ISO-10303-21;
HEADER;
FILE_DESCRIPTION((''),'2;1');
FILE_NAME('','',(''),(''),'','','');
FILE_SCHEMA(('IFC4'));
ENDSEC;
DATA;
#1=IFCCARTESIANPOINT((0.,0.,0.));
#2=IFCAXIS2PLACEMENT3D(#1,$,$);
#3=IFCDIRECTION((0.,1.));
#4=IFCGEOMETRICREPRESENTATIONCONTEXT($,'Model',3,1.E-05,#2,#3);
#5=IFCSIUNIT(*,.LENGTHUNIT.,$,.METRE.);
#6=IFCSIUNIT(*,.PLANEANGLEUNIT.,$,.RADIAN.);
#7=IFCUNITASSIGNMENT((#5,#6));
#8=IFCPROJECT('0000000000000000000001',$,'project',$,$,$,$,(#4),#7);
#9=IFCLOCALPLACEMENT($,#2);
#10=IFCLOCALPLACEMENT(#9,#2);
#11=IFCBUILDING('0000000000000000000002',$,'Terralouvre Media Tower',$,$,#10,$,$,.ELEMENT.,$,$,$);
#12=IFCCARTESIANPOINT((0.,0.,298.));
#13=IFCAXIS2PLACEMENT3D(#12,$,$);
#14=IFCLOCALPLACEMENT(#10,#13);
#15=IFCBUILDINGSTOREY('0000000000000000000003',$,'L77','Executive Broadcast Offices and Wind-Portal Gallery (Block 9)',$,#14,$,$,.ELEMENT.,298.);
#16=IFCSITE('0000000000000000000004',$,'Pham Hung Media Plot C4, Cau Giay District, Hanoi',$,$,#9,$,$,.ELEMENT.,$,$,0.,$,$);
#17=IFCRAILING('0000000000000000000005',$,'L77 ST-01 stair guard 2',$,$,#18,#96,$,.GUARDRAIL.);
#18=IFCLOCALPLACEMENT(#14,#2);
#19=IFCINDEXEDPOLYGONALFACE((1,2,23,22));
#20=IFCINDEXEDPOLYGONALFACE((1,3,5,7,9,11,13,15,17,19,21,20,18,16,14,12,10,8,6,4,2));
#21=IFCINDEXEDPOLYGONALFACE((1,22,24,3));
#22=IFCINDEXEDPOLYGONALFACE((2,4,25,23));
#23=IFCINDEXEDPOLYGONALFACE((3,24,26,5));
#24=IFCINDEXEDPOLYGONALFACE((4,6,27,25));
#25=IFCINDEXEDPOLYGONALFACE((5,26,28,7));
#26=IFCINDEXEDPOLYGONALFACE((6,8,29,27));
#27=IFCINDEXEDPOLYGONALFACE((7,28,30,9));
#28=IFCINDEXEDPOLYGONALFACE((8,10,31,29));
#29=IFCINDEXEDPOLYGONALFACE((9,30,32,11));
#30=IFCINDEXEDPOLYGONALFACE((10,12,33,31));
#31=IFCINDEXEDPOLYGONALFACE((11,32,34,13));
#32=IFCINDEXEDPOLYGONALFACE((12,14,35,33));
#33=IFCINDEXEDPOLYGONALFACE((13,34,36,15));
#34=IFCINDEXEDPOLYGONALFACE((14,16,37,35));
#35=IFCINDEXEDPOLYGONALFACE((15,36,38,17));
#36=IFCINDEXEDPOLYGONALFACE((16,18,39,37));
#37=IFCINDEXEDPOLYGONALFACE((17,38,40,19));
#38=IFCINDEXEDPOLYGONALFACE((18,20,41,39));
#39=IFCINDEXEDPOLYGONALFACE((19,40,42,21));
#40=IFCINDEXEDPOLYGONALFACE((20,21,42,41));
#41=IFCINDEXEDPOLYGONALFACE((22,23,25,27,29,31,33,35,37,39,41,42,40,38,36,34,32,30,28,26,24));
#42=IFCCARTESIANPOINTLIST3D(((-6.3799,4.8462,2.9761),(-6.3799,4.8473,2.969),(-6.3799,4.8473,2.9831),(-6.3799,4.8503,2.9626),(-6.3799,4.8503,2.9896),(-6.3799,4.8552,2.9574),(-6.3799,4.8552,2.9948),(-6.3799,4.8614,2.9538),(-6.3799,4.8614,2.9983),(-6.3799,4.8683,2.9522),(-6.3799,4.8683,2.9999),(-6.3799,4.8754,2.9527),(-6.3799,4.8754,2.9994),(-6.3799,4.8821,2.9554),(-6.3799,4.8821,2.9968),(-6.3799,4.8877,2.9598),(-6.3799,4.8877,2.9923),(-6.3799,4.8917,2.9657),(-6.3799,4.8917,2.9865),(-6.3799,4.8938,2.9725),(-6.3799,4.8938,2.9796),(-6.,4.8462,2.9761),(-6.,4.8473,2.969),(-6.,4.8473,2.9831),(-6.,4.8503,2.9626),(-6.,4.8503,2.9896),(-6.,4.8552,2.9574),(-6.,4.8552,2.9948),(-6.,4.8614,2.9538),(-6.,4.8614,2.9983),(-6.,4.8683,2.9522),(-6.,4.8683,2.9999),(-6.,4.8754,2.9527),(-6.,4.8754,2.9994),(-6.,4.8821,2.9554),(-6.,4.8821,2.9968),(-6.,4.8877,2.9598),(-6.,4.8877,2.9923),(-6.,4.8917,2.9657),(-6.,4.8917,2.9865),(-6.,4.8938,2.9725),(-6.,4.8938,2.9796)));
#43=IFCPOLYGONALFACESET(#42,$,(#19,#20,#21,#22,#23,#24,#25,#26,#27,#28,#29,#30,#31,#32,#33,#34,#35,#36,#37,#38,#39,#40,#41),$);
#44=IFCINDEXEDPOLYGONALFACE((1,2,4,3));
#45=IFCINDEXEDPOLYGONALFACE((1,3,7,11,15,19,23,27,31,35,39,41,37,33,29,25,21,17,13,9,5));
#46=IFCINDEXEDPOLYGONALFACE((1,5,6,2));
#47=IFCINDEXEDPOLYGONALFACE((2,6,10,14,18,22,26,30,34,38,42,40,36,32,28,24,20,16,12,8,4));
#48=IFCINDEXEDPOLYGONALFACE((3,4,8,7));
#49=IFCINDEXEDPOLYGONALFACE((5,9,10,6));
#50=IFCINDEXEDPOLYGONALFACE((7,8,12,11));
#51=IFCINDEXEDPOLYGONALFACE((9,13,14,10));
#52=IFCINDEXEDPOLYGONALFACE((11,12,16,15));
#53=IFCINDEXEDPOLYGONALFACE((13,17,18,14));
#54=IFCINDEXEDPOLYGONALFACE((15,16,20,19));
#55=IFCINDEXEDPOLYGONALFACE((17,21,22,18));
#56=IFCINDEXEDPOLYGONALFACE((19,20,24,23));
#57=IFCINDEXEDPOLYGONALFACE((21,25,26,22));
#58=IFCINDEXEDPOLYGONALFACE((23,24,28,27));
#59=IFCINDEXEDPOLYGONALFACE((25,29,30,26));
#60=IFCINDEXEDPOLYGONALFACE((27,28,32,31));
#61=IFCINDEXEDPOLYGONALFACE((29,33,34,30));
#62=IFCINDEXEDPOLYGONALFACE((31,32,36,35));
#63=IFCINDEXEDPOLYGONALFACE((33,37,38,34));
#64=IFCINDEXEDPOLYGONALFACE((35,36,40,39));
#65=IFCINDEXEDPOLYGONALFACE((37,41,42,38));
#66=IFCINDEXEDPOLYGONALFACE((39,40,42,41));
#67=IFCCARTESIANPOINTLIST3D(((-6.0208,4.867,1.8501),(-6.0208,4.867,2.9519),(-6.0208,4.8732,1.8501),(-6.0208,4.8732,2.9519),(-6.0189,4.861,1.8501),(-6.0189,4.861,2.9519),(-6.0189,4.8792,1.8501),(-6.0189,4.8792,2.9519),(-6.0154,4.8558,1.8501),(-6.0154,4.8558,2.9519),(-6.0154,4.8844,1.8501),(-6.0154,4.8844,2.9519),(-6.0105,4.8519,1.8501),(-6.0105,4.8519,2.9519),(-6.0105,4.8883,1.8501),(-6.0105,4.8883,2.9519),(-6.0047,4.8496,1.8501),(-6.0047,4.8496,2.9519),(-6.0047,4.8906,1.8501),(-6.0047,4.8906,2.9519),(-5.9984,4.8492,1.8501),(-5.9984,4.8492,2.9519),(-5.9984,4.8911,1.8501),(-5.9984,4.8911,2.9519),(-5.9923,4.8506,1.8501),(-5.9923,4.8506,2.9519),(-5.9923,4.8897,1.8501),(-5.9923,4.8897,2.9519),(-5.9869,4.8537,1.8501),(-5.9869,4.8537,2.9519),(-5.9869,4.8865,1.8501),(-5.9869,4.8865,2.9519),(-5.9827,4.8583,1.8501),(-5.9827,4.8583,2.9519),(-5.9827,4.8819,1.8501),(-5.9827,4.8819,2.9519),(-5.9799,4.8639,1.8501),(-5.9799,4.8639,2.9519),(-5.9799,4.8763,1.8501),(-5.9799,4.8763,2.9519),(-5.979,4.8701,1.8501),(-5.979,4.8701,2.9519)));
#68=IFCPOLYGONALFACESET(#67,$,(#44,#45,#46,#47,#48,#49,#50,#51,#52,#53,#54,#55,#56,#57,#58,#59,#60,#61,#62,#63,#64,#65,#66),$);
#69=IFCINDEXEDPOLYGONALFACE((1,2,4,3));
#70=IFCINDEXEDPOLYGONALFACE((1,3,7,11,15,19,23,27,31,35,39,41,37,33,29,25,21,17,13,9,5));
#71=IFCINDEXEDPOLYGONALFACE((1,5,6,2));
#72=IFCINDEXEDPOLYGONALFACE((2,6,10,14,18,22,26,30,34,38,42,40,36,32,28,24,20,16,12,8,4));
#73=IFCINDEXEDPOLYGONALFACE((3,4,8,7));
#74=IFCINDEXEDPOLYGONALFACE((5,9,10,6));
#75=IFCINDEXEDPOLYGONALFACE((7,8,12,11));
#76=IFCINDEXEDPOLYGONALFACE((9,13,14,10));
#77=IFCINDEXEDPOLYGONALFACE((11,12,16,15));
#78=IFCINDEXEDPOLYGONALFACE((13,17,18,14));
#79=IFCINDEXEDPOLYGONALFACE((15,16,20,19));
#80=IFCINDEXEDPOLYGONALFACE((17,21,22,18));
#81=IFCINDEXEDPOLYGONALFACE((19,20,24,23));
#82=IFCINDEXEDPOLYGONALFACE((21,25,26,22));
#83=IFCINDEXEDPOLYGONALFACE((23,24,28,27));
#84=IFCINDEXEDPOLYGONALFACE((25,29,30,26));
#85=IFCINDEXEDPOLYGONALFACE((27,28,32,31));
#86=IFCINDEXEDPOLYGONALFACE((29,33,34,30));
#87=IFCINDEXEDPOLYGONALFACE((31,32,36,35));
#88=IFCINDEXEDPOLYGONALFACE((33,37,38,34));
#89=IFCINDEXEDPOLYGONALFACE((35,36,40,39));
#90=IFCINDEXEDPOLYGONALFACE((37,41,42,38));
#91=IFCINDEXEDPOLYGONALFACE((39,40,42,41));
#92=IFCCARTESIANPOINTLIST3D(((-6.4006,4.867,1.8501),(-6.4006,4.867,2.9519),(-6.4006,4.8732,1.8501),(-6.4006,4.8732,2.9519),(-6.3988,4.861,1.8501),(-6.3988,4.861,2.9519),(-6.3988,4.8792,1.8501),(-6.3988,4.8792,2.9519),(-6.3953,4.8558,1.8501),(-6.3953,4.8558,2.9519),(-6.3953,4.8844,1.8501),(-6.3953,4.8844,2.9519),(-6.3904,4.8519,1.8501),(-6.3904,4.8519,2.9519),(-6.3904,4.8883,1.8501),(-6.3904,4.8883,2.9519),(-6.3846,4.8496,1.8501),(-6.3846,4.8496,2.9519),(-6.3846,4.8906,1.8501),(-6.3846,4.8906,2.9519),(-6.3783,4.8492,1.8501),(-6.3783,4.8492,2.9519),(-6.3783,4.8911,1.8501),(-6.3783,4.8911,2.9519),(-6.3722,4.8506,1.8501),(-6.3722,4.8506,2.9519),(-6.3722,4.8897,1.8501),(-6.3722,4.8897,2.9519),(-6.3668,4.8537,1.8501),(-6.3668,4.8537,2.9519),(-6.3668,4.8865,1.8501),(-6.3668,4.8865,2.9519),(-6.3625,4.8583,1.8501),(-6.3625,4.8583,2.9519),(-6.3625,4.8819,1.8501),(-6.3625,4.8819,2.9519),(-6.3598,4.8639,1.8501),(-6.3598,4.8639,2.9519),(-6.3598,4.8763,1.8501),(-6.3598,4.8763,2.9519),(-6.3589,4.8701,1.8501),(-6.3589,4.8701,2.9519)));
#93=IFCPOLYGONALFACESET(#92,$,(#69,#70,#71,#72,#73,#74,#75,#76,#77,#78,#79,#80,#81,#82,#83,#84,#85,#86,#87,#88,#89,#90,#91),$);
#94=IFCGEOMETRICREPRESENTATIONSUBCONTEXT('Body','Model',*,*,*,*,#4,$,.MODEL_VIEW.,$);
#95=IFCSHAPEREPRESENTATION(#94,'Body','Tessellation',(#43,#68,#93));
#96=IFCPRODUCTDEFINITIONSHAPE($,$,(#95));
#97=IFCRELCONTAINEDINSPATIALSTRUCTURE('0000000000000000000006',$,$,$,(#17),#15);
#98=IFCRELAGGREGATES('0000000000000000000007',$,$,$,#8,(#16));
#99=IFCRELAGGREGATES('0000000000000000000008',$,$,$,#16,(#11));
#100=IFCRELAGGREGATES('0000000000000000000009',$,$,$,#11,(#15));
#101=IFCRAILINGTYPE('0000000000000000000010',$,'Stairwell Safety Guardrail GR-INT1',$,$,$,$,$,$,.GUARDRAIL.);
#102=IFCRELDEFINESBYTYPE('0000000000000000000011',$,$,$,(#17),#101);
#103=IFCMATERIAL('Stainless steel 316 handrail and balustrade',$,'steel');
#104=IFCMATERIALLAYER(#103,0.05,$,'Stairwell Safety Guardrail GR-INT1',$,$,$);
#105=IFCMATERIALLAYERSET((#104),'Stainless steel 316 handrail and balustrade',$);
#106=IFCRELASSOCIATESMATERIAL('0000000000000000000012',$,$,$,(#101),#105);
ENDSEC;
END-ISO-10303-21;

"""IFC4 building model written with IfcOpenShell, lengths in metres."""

from ifc_helpers import new_model, si_unit, direction, frame, origin, origin_2d, place, context, subcontext, project, spatial, circle, extrude, material, layer, layer_set, type_object, element, save


model = new_model("IFC4")

# Units and contexts
model_context = context("Model", 3, precision=1e-05, world=origin(), true_north=direction((0.0, 1.0)))
body_context = subcontext(model_context, "Body", "Model", "MODEL_VIEW")
ifc_project = project(units=[si_unit("LENGTHUNIT", "METRE"), si_unit("PLANEANGLEUNIT", "RADIAN")], contexts=[model_context])

# Site, building, storey
site_placement = place(None, origin())
site = spatial("IfcSite", under=ifc_project, at=site_placement, Name="Pham Hung Media Plot C4, Cau Giay District, Hanoi", CompositionType="ELEMENT", RefElevation=0.0)
building_placement = place(site_placement, origin())
building = spatial("IfcBuilding", under=site, at=building_placement, Name="Terralouvre Media Tower", CompositionType="ELEMENT")
storey_placement = place(building_placement, frame((0.0, 0.0, 298.0)))
storey = spatial("IfcBuildingStorey", under=building, at=storey_placement, Name="L77", Description="Executive Broadcast Offices and Wind-Portal Gallery (Block 9)", CompositionType="ELEMENT", Elevation=298.0)

# Railing
ifc_material_1 = material(Name="Stainless steel 316 handrail and balustrade", Category="steel")
ifc_layer_1 = layer(ifc_material_1, 0.05, Name="Stairwell Safety Guardrail GR-INT1")
ifc_layer_set_1 = layer_set([ifc_layer_1], Name="Stainless steel 316 handrail and balustrade")
railing_type = type_object("IfcRailingType", Name="Stairwell Safety Guardrail GR-INT1", PredefinedType="GUARDRAIL", material=ifc_layer_set_1)
railing_1_placement = place(storey_placement, frame((-6.0, 4.8701, 1.8501)))
element("IfcRailing", 1, at=railing_1_placement, inside=storey, type_object=railing_type, Name="L77 ST-01 stair guard 2", PredefinedType="GUARDRAIL", context=body_context, shape_type="SweptSolid", body=[
    extrude(circle(Radius=0.0239, at=origin_2d()), frame((0.0, 0.0, 1.126), z_axis=(-1.0, 0.0, 0.0), x_axis=(0.0, -1.0, 0.0)), (0.0, 0.0, 1.0), 0.3799),
    extrude(circle(Radius=0.021, at=origin_2d()), origin(), (0.0, 0.0, 1.0), 1.1018),
    extrude(circle(Radius=0.021, at=origin_2d()), frame((-0.3799, 0.0, 0.0)), (0.0, 0.0, 1.0), 1.1018),
])

save(model, "model.ifc")
